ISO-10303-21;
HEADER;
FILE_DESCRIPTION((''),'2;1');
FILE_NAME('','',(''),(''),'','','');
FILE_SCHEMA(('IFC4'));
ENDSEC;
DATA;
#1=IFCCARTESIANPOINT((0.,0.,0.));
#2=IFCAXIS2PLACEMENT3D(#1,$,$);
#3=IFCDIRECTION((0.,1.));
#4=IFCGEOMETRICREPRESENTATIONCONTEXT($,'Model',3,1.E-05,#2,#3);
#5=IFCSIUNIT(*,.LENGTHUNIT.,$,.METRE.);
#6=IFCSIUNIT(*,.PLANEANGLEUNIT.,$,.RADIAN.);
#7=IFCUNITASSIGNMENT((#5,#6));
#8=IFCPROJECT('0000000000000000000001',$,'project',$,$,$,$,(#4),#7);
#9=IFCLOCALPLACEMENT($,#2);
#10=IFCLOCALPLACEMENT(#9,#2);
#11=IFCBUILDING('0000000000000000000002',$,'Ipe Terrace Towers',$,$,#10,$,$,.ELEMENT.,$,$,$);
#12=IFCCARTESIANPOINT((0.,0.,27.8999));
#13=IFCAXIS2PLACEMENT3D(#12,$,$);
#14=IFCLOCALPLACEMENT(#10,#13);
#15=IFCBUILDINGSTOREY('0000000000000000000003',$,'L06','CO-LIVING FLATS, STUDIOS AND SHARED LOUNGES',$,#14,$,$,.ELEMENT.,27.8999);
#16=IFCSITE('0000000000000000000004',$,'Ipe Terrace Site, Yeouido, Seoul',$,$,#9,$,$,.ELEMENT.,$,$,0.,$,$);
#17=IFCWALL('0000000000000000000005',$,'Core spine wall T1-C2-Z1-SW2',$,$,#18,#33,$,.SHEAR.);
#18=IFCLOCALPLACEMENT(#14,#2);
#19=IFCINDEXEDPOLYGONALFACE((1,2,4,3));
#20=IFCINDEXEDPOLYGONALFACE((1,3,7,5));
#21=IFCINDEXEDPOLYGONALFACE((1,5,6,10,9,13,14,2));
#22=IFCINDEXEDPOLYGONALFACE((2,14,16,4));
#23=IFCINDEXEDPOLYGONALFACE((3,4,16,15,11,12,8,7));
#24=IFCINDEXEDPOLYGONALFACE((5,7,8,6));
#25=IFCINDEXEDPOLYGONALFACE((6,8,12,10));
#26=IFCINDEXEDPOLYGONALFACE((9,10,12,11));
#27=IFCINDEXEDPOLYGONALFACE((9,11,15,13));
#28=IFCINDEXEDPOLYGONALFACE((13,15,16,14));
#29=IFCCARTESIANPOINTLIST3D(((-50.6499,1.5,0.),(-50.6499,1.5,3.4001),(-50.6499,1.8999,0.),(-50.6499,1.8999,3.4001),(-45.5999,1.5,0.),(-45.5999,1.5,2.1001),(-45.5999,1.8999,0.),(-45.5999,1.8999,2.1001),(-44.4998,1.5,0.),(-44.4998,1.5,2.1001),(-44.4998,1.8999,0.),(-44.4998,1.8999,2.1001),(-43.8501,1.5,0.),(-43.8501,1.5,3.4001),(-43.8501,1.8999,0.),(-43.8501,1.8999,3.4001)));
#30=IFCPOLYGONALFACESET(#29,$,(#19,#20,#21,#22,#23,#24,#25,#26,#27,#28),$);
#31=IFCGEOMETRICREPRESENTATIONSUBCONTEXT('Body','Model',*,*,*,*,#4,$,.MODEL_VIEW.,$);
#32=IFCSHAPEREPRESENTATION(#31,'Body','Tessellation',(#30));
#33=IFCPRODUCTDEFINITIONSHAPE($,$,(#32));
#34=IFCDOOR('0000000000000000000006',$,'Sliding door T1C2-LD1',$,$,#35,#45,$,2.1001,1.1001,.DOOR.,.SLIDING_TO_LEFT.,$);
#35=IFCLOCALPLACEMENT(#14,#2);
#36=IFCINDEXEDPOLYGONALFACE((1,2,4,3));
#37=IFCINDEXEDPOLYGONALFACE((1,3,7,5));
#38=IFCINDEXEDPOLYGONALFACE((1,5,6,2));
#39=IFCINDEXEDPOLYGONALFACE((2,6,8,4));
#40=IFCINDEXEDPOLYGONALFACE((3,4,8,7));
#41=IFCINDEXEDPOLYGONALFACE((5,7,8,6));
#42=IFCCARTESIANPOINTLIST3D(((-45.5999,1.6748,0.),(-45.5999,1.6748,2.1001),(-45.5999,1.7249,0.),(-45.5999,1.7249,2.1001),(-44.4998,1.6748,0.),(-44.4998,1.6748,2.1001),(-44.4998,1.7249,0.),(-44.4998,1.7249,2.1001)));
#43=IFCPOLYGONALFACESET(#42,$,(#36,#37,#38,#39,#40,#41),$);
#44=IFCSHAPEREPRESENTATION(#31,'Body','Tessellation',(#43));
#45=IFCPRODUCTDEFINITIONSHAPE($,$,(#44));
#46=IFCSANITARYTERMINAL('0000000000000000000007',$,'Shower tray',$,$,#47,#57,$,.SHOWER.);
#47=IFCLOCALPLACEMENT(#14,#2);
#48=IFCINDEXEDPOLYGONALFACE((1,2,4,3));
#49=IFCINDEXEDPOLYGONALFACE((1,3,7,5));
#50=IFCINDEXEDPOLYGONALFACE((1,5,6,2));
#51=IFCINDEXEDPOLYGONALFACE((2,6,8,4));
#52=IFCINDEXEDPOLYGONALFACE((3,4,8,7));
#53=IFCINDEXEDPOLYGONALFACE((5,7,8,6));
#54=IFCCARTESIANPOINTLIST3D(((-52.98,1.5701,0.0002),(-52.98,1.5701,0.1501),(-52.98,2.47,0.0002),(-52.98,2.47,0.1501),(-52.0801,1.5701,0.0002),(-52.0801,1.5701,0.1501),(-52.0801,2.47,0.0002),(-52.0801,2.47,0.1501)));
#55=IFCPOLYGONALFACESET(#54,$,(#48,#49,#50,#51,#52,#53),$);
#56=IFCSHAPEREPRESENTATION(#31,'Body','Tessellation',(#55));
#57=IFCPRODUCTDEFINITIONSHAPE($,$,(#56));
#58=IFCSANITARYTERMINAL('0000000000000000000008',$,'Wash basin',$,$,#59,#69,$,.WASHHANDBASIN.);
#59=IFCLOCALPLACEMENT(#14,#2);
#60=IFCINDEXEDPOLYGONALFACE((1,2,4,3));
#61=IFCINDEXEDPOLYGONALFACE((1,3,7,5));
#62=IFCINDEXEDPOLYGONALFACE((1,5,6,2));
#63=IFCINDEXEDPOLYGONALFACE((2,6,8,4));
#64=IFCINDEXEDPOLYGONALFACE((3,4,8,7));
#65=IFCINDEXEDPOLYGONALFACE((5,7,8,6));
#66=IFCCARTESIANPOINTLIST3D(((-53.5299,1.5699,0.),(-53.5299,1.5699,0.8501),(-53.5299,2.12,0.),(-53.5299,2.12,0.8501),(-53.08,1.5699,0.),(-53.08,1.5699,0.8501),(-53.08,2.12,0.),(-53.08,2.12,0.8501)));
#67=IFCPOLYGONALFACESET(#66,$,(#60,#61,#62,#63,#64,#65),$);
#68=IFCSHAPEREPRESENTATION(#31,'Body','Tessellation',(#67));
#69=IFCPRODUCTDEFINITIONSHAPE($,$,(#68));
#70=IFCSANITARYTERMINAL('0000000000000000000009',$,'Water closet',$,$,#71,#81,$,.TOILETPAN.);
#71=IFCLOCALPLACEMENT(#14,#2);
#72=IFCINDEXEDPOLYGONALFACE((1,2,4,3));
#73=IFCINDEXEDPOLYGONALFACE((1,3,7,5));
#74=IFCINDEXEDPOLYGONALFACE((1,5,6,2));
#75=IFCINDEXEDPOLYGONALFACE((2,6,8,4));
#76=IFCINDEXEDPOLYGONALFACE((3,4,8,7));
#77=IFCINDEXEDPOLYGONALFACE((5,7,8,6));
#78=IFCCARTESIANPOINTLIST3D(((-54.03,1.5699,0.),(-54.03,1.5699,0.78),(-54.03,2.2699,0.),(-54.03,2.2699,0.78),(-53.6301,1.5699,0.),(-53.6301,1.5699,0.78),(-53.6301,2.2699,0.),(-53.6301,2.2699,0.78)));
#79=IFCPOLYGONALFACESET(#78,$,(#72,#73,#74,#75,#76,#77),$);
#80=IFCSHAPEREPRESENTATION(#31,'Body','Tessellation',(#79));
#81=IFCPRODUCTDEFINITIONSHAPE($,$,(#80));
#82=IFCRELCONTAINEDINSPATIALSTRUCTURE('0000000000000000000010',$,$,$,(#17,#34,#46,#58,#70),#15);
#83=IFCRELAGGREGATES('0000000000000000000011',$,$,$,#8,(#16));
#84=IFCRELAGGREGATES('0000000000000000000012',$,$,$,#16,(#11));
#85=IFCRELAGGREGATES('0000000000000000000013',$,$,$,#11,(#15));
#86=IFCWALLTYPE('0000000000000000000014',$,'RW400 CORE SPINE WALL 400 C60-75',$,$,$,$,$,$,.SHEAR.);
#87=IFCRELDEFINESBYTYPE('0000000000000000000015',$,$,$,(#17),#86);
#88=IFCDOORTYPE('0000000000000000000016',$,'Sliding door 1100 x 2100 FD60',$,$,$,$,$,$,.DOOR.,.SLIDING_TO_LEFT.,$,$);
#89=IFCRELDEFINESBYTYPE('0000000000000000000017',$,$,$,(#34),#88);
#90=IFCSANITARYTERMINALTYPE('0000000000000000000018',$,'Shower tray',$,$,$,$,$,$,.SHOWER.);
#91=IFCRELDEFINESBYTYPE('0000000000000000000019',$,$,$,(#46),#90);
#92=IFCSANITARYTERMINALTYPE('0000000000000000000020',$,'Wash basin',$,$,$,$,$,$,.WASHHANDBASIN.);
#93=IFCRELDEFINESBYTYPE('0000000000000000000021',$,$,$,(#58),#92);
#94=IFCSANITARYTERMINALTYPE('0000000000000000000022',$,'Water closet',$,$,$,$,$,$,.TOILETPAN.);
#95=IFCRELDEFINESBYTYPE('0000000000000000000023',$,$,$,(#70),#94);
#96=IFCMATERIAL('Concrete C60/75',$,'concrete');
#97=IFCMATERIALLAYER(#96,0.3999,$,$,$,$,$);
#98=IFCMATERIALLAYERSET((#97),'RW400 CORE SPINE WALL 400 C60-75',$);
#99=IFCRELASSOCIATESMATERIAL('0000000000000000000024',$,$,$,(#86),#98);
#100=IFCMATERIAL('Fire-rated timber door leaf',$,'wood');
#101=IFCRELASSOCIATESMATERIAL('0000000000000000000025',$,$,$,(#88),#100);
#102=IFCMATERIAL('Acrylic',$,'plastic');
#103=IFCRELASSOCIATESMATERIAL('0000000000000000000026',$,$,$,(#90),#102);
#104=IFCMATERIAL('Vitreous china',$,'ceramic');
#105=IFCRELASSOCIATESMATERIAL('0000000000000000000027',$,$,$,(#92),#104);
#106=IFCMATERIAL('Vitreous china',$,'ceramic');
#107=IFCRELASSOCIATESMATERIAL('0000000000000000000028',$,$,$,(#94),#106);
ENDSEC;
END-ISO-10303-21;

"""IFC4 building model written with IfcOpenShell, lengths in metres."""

from ifc_helpers import new_model, si_unit, direction, frame, frame_2d, origin, origin_2d, place, context, subcontext, project, spatial, rectangle, extrude, material, layer, layer_set, type_object, element, fill, save


model = new_model("IFC4")

# Units and contexts
model_context = context("Model", 3, precision=1e-05, world=origin(), true_north=direction((0.0, 1.0)))
body_context = subcontext(model_context, "Body", "Model", "MODEL_VIEW")
ifc_project = project(units=[si_unit("LENGTHUNIT", "METRE"), si_unit("PLANEANGLEUNIT", "RADIAN")], contexts=[model_context])

# Site, building, storey
site_placement = place(None, origin())
site = spatial("IfcSite", under=ifc_project, at=site_placement, Name="Ipe Terrace Site, Yeouido, Seoul", CompositionType="ELEMENT", RefElevation=0.0)
building_placement = place(site_placement, origin())
building = spatial("IfcBuilding", under=site, at=building_placement, Name="Ipe Terrace Towers", CompositionType="ELEMENT")
storey_placement = place(building_placement, frame((0.0, 0.0, 27.8999)))
storey = spatial("IfcBuildingStorey", under=building, at=storey_placement, Name="L06", Description="CO-LIVING FLATS, STUDIOS AND SHARED LOUNGES", CompositionType="ELEMENT", Elevation=27.8999)

# Wall, opening, door
ifc_material_1 = material(Name="Concrete C60/75", Category="concrete")
ifc_layer_1 = layer(ifc_material_1, 0.3999)
ifc_layer_set_1 = layer_set([ifc_layer_1], Name="RW400 CORE SPINE WALL 400 C60-75")
wall_type_1 = type_object("IfcWallType", Name="RW400 CORE SPINE WALL 400 C60-75", PredefinedType="SHEAR", material=ifc_layer_set_1)
wall_1_placement = place(storey_placement, frame((-50.6499, 1.7, 0.0), z_axis=(0.0, 0.0, 1.0), x_axis=(1.0, 0.0, 0.0)))
wall_1 = element("IfcWall", 1, at=wall_1_placement, inside=storey, type_object=wall_type_1, Name="Core spine wall T1-C2-Z1-SW2", PredefinedType="SHEAR", context=body_context, shape_type="SweptSolid", body=[
    extrude(rectangle(XDim=6.7998, YDim=0.3999, at=frame_2d((3.3999, 0.0))), origin(), (0.0, 0.0, 1.0), 3.4001),
])
opening_1_placement = place(wall_1_placement, frame((5.05, 0.0, 0.0)))
opening_1 = element("IfcOpeningElement", 2, at=opening_1_placement, cuts=wall_1, PredefinedType="OPENING", context=body_context, shape_type="SweptSolid", body=[
    extrude(rectangle(XDim=1.1001, YDim=2.1001, at=frame_2d((0.55, 1.05))), frame((0.0, 0.21, 0.0), z_axis=(0.0, -1.0, 0.0), x_axis=(1.0, 0.0, 0.0)), (0.0, 0.0, 1.0), 0.4199),
])
ifc_material_2 = material(Name="Fire-rated timber door leaf", Category="wood")
door_type_1 = type_object("IfcDoorType", Name="Sliding door 1100 x 2100 FD60", OperationType="SLIDING_TO_LEFT", PredefinedType="DOOR", material=ifc_material_2)
door_1_placement = place(opening_1_placement, origin())
door_1 = element("IfcDoor", 3, at=door_1_placement, inside=storey, type_object=door_type_1, Name="Sliding door T1C2-LD1", OperationType="SLIDING_TO_LEFT", OverallHeight=2.1001, OverallWidth=1.1001, PredefinedType="DOOR", context=body_context, shape_type="SweptSolid", body=[
    extrude(rectangle(XDim=1.1001, YDim=2.1001, at=frame_2d((0.55, 1.05))), frame((0.0, 0.0249, 0.0), z_axis=(0.0, -1.0, 0.0), x_axis=(1.0, 0.0, 0.0)), (0.0, 0.0, 1.0), 0.05),
])
fill(opening_1, door_1)

# Sanitary terminals
ifc_material_3 = material(Name="Acrylic", Category="plastic")
sanitary_terminal_type_1 = type_object("IfcSanitaryTerminalType", Name="Shower tray", PredefinedType="SHOWER", material=ifc_material_3)
sanitary_terminal_1_placement = place(storey_placement, frame((-52.53, 2.02, 0.0002), z_axis=(0.0, 0.0, 1.0), x_axis=(0.0, 1.0, 0.0)))
element("IfcSanitaryTerminal", 4, at=sanitary_terminal_1_placement, inside=storey, type_object=sanitary_terminal_type_1, Name="Shower tray", PredefinedType="SHOWER", context=body_context, shape_type="SweptSolid", body=[
    extrude(rectangle(XDim=0.8999, YDim=0.8999, at=origin_2d()), origin(), (0.0, 0.0, 1.0), 0.1499),
])
ifc_material_4 = material(Name="Vitreous china", Category="ceramic")
sanitary_terminal_type_2 = type_object("IfcSanitaryTerminalType", Name="Wash basin", PredefinedType="WASHHANDBASIN", material=ifc_material_4)
sanitary_terminal_2_placement = place(storey_placement, frame((-53.3049, 1.845, 0.0), z_axis=(0.0, 0.0, 1.0), x_axis=(0.0, 1.0, 0.0)))
element("IfcSanitaryTerminal", 5, at=sanitary_terminal_2_placement, inside=storey, type_object=sanitary_terminal_type_2, Name="Wash basin", PredefinedType="WASHHANDBASIN", context=body_context, shape_type="SweptSolid", body=[
    extrude(rectangle(XDim=0.55, YDim=0.45, at=origin_2d()), origin(), (0.0, 0.0, 1.0), 0.8501),
])
ifc_material_5 = material(Name="Vitreous china", Category="ceramic")
sanitary_terminal_type_3 = type_object("IfcSanitaryTerminalType", Name="Water closet", PredefinedType="TOILETPAN", material=ifc_material_5)
sanitary_terminal_3_placement = place(storey_placement, frame((-53.8301, 1.9199, 0.0), z_axis=(0.0, 0.0, 1.0), x_axis=(0.0, 1.0, 0.0)))
element("IfcSanitaryTerminal", 6, at=sanitary_terminal_3_placement, inside=storey, type_object=sanitary_terminal_type_3, Name="Water closet", PredefinedType="TOILETPAN", context=body_context, shape_type="SweptSolid", body=[
    extrude(rectangle(XDim=0.7, YDim=0.3999, at=origin_2d()), origin(), (0.0, 0.0, 1.0), 0.78),
])

save(model, "model.ifc")
